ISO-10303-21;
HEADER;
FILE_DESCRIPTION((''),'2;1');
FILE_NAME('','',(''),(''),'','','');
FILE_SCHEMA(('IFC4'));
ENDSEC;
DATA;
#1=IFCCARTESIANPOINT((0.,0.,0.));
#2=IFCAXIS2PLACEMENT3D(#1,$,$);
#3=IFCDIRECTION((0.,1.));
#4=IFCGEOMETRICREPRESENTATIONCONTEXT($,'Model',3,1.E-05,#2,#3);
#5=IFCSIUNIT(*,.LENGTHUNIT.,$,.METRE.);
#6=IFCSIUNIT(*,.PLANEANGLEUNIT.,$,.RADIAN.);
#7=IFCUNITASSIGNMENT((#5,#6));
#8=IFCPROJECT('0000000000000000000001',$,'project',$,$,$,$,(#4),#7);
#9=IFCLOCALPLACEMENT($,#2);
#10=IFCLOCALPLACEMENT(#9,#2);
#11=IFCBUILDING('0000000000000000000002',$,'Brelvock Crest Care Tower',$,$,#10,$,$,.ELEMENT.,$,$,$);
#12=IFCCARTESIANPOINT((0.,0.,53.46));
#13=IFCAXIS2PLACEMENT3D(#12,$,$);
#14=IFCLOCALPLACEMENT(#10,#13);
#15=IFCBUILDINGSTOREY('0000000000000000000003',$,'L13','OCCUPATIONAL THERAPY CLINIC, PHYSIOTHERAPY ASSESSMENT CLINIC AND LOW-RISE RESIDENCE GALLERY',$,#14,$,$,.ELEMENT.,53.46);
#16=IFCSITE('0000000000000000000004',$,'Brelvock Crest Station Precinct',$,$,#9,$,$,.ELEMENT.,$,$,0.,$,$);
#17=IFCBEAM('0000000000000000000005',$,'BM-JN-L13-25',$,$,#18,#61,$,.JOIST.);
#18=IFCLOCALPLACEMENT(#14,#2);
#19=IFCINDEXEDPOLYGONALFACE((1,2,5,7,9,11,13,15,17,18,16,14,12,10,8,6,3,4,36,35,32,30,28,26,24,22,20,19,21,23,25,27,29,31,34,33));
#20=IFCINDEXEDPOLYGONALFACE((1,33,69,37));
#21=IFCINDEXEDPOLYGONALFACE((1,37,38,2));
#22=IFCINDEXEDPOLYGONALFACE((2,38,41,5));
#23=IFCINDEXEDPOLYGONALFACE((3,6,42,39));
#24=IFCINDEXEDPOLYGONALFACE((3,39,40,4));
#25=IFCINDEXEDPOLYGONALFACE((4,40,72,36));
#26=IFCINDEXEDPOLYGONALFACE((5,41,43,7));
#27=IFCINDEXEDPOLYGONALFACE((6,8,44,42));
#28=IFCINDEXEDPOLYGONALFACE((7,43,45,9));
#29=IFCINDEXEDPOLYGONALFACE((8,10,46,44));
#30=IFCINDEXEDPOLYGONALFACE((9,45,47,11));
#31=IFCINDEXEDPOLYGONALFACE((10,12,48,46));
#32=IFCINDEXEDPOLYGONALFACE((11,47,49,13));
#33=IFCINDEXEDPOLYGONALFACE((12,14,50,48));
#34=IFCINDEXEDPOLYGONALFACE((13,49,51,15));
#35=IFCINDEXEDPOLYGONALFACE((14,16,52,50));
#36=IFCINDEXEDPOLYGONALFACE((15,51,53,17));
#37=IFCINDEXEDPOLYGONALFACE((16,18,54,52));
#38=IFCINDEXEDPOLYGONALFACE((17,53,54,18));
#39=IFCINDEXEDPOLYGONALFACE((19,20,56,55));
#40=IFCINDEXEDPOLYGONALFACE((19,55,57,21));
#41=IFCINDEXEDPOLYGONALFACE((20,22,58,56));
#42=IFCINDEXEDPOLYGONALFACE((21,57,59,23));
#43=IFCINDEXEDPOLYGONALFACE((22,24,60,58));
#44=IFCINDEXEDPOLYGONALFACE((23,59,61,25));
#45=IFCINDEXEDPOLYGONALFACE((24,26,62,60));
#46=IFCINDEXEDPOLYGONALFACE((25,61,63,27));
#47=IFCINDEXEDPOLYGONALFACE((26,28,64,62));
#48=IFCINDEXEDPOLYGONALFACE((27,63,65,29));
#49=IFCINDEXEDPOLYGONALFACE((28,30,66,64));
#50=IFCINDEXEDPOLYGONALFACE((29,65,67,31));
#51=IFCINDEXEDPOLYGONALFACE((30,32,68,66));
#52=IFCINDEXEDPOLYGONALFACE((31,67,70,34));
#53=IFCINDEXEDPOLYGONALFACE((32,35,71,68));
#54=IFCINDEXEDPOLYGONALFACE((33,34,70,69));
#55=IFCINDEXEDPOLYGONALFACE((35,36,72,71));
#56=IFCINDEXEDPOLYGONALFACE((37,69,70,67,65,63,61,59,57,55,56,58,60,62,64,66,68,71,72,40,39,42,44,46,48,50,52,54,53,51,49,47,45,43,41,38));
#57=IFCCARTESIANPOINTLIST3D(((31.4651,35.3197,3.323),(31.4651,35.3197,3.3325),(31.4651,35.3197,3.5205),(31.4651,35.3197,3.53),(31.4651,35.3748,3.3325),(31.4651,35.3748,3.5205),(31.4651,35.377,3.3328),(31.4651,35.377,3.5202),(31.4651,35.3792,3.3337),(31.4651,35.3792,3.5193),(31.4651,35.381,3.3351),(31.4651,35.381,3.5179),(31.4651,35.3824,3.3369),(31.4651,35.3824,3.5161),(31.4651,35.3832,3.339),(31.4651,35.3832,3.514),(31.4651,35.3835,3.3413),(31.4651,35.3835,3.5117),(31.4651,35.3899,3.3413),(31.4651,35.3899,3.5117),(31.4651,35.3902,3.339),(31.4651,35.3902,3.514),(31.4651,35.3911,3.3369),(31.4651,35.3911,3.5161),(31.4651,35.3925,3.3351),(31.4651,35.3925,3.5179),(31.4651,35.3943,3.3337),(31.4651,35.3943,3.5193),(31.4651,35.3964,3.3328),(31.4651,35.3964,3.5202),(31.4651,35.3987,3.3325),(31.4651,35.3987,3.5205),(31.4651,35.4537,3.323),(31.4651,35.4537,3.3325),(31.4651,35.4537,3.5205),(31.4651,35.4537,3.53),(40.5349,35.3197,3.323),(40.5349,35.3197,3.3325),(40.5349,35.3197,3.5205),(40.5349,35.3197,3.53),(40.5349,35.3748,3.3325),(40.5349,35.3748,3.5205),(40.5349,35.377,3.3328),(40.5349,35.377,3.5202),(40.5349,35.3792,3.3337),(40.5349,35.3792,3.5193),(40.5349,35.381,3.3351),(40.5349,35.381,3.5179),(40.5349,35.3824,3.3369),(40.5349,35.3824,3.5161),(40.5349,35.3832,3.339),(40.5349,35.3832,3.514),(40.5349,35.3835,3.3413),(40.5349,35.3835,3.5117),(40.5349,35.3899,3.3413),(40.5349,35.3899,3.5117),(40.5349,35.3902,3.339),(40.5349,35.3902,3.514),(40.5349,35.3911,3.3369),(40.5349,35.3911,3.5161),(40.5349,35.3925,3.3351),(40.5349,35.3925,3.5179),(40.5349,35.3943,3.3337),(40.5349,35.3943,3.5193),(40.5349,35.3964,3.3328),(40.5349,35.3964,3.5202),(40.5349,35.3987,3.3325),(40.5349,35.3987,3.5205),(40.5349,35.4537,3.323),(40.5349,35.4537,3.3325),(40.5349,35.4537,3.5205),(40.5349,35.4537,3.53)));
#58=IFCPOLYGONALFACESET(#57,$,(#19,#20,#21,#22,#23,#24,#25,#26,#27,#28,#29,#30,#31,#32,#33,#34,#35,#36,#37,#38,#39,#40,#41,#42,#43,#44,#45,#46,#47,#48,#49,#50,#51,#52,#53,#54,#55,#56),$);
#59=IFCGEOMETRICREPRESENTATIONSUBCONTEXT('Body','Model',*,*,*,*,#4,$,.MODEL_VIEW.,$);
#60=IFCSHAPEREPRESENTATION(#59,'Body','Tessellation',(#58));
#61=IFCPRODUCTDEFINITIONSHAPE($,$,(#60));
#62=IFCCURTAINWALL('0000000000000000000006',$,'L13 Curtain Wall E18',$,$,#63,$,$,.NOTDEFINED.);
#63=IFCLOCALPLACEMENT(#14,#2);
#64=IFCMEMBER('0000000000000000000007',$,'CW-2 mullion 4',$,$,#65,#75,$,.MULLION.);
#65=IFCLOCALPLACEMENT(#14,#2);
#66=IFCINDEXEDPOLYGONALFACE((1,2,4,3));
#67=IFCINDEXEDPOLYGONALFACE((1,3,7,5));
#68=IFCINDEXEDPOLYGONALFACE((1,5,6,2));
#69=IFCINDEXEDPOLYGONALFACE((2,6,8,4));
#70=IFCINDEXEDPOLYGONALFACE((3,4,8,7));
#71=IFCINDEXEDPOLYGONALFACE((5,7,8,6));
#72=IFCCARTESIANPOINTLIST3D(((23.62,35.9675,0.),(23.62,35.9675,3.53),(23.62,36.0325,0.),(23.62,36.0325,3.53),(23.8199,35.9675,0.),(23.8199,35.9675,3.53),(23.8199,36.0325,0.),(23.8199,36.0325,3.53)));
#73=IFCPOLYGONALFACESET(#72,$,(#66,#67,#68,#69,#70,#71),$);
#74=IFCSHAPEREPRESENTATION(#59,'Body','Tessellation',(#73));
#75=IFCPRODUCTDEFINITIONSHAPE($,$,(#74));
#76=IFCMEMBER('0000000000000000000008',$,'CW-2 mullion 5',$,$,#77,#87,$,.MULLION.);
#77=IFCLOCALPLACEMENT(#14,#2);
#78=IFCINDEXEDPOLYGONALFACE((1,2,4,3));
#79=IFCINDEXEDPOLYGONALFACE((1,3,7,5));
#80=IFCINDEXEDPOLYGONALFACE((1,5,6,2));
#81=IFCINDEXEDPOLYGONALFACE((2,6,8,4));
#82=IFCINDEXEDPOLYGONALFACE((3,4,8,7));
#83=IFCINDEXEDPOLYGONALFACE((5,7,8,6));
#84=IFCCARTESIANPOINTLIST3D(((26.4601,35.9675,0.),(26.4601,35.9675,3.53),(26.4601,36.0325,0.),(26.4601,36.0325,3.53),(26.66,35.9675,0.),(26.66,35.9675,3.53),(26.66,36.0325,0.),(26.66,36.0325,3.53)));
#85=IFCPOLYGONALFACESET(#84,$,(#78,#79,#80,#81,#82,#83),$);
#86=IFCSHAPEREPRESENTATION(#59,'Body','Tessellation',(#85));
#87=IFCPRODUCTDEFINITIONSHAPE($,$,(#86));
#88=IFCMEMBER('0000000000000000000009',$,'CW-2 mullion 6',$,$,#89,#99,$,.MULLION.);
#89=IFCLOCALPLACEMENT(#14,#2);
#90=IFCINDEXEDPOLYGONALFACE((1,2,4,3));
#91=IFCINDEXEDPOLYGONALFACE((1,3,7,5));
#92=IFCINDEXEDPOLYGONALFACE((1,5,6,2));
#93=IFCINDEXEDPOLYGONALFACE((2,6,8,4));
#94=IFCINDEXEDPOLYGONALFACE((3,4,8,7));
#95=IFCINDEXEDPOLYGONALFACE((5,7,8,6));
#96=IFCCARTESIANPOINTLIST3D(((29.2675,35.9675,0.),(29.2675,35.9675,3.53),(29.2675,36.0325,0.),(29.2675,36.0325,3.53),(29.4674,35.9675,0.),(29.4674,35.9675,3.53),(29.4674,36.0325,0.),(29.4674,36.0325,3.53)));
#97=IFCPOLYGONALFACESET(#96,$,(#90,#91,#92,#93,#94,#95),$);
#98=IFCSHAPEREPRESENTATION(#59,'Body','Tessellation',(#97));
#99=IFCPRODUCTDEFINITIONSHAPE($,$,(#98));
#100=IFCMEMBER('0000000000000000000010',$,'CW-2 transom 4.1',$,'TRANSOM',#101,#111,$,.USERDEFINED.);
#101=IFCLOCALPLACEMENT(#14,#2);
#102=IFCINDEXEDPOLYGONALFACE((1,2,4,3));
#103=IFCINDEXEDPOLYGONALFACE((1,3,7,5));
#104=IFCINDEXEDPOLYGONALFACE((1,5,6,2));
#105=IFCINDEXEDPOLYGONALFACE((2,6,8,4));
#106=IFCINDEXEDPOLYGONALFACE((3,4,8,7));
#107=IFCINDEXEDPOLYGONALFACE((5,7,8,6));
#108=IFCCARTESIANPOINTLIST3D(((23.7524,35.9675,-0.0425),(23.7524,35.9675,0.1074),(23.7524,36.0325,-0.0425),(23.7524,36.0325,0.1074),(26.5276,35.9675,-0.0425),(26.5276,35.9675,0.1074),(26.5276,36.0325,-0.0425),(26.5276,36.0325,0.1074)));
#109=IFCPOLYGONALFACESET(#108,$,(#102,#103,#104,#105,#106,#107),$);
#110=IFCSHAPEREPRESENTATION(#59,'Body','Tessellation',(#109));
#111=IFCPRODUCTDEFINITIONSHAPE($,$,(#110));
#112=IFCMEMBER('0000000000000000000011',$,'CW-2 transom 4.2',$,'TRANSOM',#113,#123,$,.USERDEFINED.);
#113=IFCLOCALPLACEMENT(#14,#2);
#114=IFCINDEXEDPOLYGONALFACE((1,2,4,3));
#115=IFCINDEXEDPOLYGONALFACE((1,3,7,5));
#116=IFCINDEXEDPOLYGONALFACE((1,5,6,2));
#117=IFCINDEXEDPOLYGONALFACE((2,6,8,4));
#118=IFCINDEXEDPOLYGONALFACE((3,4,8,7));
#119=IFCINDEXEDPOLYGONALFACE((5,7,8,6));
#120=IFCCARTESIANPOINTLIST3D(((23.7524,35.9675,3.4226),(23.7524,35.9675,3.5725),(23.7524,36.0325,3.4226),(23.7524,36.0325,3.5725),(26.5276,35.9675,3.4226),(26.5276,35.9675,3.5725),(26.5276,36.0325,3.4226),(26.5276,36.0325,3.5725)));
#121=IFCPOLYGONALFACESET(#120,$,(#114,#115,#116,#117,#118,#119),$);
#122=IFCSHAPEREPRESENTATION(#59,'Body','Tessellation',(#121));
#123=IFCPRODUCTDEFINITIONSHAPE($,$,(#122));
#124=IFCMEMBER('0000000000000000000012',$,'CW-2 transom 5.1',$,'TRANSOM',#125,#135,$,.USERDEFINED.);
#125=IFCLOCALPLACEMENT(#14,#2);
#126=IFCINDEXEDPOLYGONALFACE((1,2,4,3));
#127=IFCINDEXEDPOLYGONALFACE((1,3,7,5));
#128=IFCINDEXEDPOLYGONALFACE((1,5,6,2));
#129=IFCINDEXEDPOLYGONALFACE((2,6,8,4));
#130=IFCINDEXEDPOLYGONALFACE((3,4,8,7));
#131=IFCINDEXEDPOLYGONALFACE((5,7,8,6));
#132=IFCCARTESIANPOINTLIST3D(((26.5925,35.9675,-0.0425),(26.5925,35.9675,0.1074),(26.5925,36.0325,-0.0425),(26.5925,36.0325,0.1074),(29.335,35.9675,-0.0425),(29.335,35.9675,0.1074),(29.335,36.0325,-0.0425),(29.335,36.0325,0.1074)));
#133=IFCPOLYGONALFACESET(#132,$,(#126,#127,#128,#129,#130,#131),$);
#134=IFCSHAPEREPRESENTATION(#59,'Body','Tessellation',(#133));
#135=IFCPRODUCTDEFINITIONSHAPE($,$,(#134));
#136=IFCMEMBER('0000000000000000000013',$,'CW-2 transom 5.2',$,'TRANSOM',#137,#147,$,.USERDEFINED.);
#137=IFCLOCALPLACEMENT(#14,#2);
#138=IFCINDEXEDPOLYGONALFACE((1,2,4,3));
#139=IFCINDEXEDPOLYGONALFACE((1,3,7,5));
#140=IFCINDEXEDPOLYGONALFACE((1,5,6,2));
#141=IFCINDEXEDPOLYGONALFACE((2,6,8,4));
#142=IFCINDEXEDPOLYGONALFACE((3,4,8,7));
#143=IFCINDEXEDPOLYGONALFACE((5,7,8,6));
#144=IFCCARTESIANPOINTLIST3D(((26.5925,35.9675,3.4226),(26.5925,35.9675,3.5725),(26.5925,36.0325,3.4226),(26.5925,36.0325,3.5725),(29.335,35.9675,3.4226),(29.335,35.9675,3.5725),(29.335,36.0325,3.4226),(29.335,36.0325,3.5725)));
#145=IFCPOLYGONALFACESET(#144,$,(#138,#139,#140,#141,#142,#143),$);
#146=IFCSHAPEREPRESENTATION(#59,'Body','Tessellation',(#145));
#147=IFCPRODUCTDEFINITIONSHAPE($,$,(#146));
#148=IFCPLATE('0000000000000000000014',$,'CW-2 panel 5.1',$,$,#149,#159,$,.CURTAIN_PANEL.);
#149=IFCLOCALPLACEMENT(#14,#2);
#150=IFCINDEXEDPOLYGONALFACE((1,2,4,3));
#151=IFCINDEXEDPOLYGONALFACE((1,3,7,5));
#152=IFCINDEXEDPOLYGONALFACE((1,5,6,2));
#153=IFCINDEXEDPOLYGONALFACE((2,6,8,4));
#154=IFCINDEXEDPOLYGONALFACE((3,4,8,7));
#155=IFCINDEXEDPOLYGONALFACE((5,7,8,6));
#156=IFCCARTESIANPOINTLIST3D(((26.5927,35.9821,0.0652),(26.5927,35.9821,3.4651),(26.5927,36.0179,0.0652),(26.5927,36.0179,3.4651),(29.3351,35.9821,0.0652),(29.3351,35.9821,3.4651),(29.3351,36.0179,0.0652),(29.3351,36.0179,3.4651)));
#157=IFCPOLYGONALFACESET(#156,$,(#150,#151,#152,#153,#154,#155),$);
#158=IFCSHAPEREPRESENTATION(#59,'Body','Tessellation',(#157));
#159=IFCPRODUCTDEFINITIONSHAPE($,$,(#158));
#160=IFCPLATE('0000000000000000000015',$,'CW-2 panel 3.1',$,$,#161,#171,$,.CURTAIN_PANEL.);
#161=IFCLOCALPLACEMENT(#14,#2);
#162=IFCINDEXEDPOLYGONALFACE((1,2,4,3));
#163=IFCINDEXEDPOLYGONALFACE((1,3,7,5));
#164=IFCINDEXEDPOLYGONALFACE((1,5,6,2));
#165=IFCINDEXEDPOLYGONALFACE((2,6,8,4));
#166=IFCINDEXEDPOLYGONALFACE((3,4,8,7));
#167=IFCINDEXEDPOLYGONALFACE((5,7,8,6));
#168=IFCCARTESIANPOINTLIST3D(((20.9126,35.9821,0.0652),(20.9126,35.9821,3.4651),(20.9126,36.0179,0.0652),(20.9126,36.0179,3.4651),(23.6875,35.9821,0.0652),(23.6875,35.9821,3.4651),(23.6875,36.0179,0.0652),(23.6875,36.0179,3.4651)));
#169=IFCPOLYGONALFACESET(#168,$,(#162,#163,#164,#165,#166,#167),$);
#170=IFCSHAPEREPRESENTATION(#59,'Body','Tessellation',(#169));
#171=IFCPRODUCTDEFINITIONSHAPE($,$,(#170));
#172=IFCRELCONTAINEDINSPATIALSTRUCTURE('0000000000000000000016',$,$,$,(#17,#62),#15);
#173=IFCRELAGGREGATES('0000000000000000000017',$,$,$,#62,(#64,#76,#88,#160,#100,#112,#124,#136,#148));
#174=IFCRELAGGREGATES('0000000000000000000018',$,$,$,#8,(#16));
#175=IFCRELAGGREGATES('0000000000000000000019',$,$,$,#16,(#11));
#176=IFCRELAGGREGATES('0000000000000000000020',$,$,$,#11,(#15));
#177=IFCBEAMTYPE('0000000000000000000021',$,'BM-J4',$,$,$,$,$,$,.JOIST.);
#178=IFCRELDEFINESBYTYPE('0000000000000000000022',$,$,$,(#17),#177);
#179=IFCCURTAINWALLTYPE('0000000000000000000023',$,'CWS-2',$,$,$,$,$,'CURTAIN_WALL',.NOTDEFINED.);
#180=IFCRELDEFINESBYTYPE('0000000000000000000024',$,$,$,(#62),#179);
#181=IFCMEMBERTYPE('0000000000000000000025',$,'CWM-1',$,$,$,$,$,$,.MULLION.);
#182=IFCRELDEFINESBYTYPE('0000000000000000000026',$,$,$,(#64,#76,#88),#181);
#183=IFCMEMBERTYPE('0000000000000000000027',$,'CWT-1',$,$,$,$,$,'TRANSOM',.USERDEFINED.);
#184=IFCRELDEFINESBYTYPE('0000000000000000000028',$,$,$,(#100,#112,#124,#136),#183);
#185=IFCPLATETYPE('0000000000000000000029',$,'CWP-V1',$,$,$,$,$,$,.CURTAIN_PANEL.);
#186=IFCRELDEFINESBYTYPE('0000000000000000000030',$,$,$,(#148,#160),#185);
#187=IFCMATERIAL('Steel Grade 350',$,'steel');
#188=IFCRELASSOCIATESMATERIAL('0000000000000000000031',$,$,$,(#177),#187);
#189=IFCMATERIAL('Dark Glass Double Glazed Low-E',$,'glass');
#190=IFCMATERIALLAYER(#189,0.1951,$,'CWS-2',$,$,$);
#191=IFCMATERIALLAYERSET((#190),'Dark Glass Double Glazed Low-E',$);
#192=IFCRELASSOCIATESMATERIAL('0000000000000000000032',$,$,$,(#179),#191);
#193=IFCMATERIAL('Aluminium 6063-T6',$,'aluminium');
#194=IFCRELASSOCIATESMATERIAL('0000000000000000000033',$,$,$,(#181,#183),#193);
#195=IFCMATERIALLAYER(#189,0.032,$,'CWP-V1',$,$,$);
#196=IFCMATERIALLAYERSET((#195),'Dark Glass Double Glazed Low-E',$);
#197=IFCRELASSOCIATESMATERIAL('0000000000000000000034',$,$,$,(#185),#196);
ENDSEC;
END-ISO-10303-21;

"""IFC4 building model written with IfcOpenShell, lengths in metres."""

from ifc_helpers import new_model, si_unit, direction, frame, origin, origin_2d, place, context, subcontext, project, spatial, rectangle, i_section, extrude, source, transform, mapped, material, layer, layer_set, material_profile, profile_set, type_object, element, aggregate, save


model = new_model("IFC4")

# Units and contexts
model_context = context("Model", 3, precision=1e-05, world=origin(), true_north=direction((0.0, 1.0)))
body_context = subcontext(model_context, "Body", "Model", "MODEL_VIEW")
ifc_project = project(units=[si_unit("LENGTHUNIT", "METRE"), si_unit("PLANEANGLEUNIT", "RADIAN")], contexts=[model_context])

# Site, building, storey
site_placement = place(None, origin())
site = spatial("IfcSite", under=ifc_project, at=site_placement, Name="Brelvock Crest Station Precinct", CompositionType="ELEMENT", RefElevation=0.0)
building_placement = place(site_placement, origin())
building = spatial("IfcBuilding", under=site, at=building_placement, Name="Brelvock Crest Care Tower", CompositionType="ELEMENT")
storey_placement = place(building_placement, frame((0.0, 0.0, 53.46)))
storey = spatial("IfcBuildingStorey", under=building, at=storey_placement, Name="L13", Description="OCCUPATIONAL THERAPY CLINIC, PHYSIOTHERAPY ASSESSMENT CLINIC AND LOW-RISE RESIDENCE GALLERY", CompositionType="ELEMENT", Elevation=53.46)

# Shared definitions
ifc_material_1 = material(Name="Steel Grade 350", Category="steel")

# Beam
ifc_material_profile_1 = material_profile(ifc_material_1, i_section(OverallWidth=0.134, OverallDepth=0.207, WebThickness=0.0063, FlangeThickness=0.0095, FilletRadius=0.0088, at=origin_2d()), Name="200UB29.8")
ifc_profile_set_1 = profile_set([ifc_material_profile_1], Name="Steel Grade 350")
beam_type_1 = type_object("IfcBeamType", Name="BM-J4", PredefinedType="JOIST", material=ifc_profile_set_1)
shared_shape_1 = source(origin(), body_context, "Body", "SweptSolid", [
    extrude(i_section(OverallWidth=0.134, OverallDepth=0.207, WebThickness=0.0063, FlangeThickness=0.0095, FilletRadius=0.0088, at=origin_2d()), origin(), (0.0, 0.0, 1.0), 9.0698),
])
for number, where, z_axis, x_axis, name in (
    (1, (31.4651, 35.3867, 3.4265), (1.0, 0.0, 0.0), (0.0, 1.0, 0.0), "BM-JN-L13-25"),
):
    element("IfcBeam", number, at=place(storey_placement, frame(where, z_axis=z_axis, x_axis=x_axis)), inside=storey, type_object=beam_type_1, Name=name, PredefinedType="JOIST", context=body_context, shape_type="MappedRepresentation", body=[
        mapped(shared_shape_1, transform((0.0, 0.0, 0.0), x_axis=(1.0, 0.0, 0.0), y_axis=(0.0, 1.0, 0.0), z_axis=(0.0, 0.0, 1.0), scale=1.0)),
    ])

# Curtain wall, members, plates
ifc_material_2 = material(Name="Dark Glass Double Glazed Low-E", Category="glass")
ifc_layer_1 = layer(ifc_material_2, 0.1951, Name="CWS-2")
ifc_layer_set_1 = layer_set([ifc_layer_1], Name="Dark Glass Double Glazed Low-E")
curtain_wall_type = type_object("IfcCurtainWallType", Name="CWS-2", ElementType="CURTAIN_WALL", PredefinedType="NOTDEFINED", material=ifc_layer_set_1)
curtain_wall_placement = place(storey_placement, origin())
curtain_wall = element("IfcCurtainWall", 2, at=curtain_wall_placement, inside=storey, type_object=curtain_wall_type, Name="L13 Curtain Wall E18", PredefinedType="NOTDEFINED")
ifc_material_3 = material(Name="Aluminium 6063-T6", Category="aluminium")
ifc_material_profile_2 = material_profile(ifc_material_3, rectangle(XDim=0.0649, YDim=0.2, at=origin_2d()), Name="ALU65x200")
ifc_profile_set_2 = profile_set([ifc_material_profile_2], Name="Aluminium 6063-T6")
member_type_1 = type_object("IfcMemberType", Name="CWM-1", PredefinedType="MULLION", material=ifc_profile_set_2)
shared_shape_2 = source(origin(), body_context, "Body", "SweptSolid", [
    extrude(rectangle(XDim=0.0649, YDim=0.2, at=origin_2d()), origin(), (0.0, 0.0, 1.0), 3.53),
])
member_1_placement = place(storey_placement, frame((23.72, 36.0, 0.0), z_axis=(0.0, 0.0, 1.0), x_axis=(0.0, 1.0, 0.0)))
member_1 = element("IfcMember", 3, at=member_1_placement, type_object=member_type_1, Name="CW-2 mullion 4", PredefinedType="MULLION", context=body_context, shape_type="MappedRepresentation", body=[
    mapped(shared_shape_2, transform((0.0, 0.0, 0.0), x_axis=(1.0, 0.0, 0.0), y_axis=(0.0, 1.0, 0.0), z_axis=(0.0, 0.0, 1.0), scale=1.0)),
])
member_2_placement = place(storey_placement, frame((26.5601, 36.0, 0.0), z_axis=(0.0, 0.0, 1.0), x_axis=(0.0, 1.0, 0.0)))
member_2 = element("IfcMember", 4, at=member_2_placement, type_object=member_type_1, Name="CW-2 mullion 5", PredefinedType="MULLION", context=body_context, shape_type="MappedRepresentation", body=[
    mapped(shared_shape_2, transform((0.0, 0.0, 0.0), x_axis=(1.0, 0.0, 0.0), y_axis=(0.0, 1.0, 0.0), z_axis=(0.0, 0.0, 1.0), scale=1.0)),
])
member_3_placement = place(storey_placement, frame((29.3674, 36.0, 0.0), z_axis=(0.0, 0.0, 1.0), x_axis=(0.0, 1.0, 0.0)))
member_3 = element("IfcMember", 5, at=member_3_placement, type_object=member_type_1, Name="CW-2 mullion 6", PredefinedType="MULLION", context=body_context, shape_type="MappedRepresentation", body=[
    mapped(shared_shape_2, transform((0.0, 0.0, 0.0), x_axis=(1.0, 0.0, 0.0), y_axis=(0.0, 1.0, 0.0), z_axis=(0.0, 0.0, 1.0), scale=1.0)),
])
ifc_material_profile_3 = material_profile(ifc_material_3, rectangle(XDim=0.0649, YDim=0.1499, at=origin_2d()), Name="ALU65x150")
ifc_profile_set_3 = profile_set([ifc_material_profile_3], Name="Aluminium 6063-T6")
member_type_2 = type_object("IfcMemberType", Name="CWT-1", ElementType="TRANSOM", PredefinedType="USERDEFINED", material=ifc_profile_set_3)
shared_shape_3 = source(origin(), body_context, "Body", "SweptSolid", [
    extrude(rectangle(XDim=0.0649, YDim=0.1499, at=origin_2d()), origin(), (0.0, 0.0, 1.0), 2.7751),
])
member_4_placement = place(storey_placement, frame((23.7524, 36.0, 0.0325), z_axis=(1.0, 0.0, 0.0), x_axis=(0.0, 1.0, 0.0)))
member_4 = element("IfcMember", 6, at=member_4_placement, type_object=member_type_2, Name="CW-2 transom 4.1", ObjectType="TRANSOM", PredefinedType="USERDEFINED", context=body_context, shape_type="MappedRepresentation", body=[
    mapped(shared_shape_3, transform((0.0, 0.0, 0.0), x_axis=(1.0, 0.0, 0.0), y_axis=(0.0, 1.0, 0.0), z_axis=(0.0, 0.0, 1.0), scale=1.0)),
])
member_5_placement = place(storey_placement, frame((23.7524, 36.0, 3.4976), z_axis=(1.0, 0.0, 0.0), x_axis=(0.0, 1.0, 0.0)))
member_5 = element("IfcMember", 7, at=member_5_placement, type_object=member_type_2, Name="CW-2 transom 4.2", ObjectType="TRANSOM", PredefinedType="USERDEFINED", context=body_context, shape_type="MappedRepresentation", body=[
    mapped(shared_shape_3, transform((0.0, 0.0, 0.0), x_axis=(1.0, 0.0, 0.0), y_axis=(0.0, 1.0, 0.0), z_axis=(0.0, 0.0, 1.0), scale=1.0)),
])
shared_shape_4 = source(origin(), body_context, "Body", "SweptSolid", [
    extrude(rectangle(XDim=0.0649, YDim=0.1499, at=origin_2d()), origin(), (0.0, 0.0, 1.0), 2.7424),
])
member_6_placement = place(storey_placement, frame((26.5925, 36.0, 0.0325), z_axis=(1.0, 0.0, 0.0), x_axis=(0.0, 1.0, 0.0)))
member_6 = element("IfcMember", 8, at=member_6_placement, type_object=member_type_2, Name="CW-2 transom 5.1", ObjectType="TRANSOM", PredefinedType="USERDEFINED", context=body_context, shape_type="MappedRepresentation", body=[
    mapped(shared_shape_4, transform((0.0, 0.0, 0.0), x_axis=(1.0, 0.0, 0.0), y_axis=(0.0, 1.0, 0.0), z_axis=(0.0, 0.0, 1.0), scale=1.0)),
])
member_7_placement = place(storey_placement, frame((26.5925, 36.0, 3.4976), z_axis=(1.0, 0.0, 0.0), x_axis=(0.0, 1.0, 0.0)))
member_7 = element("IfcMember", 9, at=member_7_placement, type_object=member_type_2, Name="CW-2 transom 5.2", ObjectType="TRANSOM", PredefinedType="USERDEFINED", context=body_context, shape_type="MappedRepresentation", body=[
    mapped(shared_shape_4, transform((0.0, 0.0, 0.0), x_axis=(1.0, 0.0, 0.0), y_axis=(0.0, 1.0, 0.0), z_axis=(0.0, 0.0, 1.0), scale=1.0)),
])
ifc_layer_2 = layer(ifc_material_2, 0.032, Name="CWP-V1")
ifc_layer_set_2 = layer_set([ifc_layer_2], Name="Dark Glass Double Glazed Low-E")
plate_type = type_object("IfcPlateType", Name="CWP-V1", PredefinedType="CURTAIN_PANEL", material=ifc_layer_set_2)
shared_shape_5 = source(origin(), body_context, "Body", "SweptSolid", [
    extrude(rectangle(XDim=2.7424, YDim=0.0359, at=origin_2d()), origin(), (0.0, 0.0, 1.0), 3.3999),
])
plate_1_placement = place(storey_placement, frame((27.9639, 36.0, 0.0652), z_axis=(0.0, 0.0, 1.0), x_axis=(1.0, 0.0, 0.0)))
plate_1 = element("IfcPlate", 10, at=plate_1_placement, type_object=plate_type, Name="CW-2 panel 5.1", PredefinedType="CURTAIN_PANEL", context=body_context, shape_type="MappedRepresentation", body=[
    mapped(shared_shape_5, transform((0.0, 0.0, 0.0), x_axis=(1.0, 0.0, 0.0), y_axis=(0.0, 1.0, 0.0), z_axis=(0.0, 0.0, 1.0), scale=1.0)),
])
shared_shape_6 = source(origin(), body_context, "Body", "SweptSolid", [
    extrude(rectangle(XDim=2.7749, YDim=0.0359, at=origin_2d()), origin(), (0.0, 0.0, 1.0), 3.3999),
])
plate_2_placement = place(storey_placement, frame((22.3, 36.0, 0.0652), z_axis=(0.0, 0.0, 1.0), x_axis=(1.0, 0.0, 0.0)))
plate_2 = element("IfcPlate", 11, at=plate_2_placement, type_object=plate_type, Name="CW-2 panel 3.1", PredefinedType="CURTAIN_PANEL", context=body_context, shape_type="MappedRepresentation", body=[
    mapped(shared_shape_6, transform((0.0, 0.0, 0.0), x_axis=(1.0, 0.0, 0.0), y_axis=(0.0, 1.0, 0.0), z_axis=(0.0, 0.0, 1.0), scale=1.0)),
])
aggregate(curtain_wall, [member_1, member_2, member_3, plate_2, member_4, member_5, member_6, member_7, plate_1])

save(model, "model.ifc")
